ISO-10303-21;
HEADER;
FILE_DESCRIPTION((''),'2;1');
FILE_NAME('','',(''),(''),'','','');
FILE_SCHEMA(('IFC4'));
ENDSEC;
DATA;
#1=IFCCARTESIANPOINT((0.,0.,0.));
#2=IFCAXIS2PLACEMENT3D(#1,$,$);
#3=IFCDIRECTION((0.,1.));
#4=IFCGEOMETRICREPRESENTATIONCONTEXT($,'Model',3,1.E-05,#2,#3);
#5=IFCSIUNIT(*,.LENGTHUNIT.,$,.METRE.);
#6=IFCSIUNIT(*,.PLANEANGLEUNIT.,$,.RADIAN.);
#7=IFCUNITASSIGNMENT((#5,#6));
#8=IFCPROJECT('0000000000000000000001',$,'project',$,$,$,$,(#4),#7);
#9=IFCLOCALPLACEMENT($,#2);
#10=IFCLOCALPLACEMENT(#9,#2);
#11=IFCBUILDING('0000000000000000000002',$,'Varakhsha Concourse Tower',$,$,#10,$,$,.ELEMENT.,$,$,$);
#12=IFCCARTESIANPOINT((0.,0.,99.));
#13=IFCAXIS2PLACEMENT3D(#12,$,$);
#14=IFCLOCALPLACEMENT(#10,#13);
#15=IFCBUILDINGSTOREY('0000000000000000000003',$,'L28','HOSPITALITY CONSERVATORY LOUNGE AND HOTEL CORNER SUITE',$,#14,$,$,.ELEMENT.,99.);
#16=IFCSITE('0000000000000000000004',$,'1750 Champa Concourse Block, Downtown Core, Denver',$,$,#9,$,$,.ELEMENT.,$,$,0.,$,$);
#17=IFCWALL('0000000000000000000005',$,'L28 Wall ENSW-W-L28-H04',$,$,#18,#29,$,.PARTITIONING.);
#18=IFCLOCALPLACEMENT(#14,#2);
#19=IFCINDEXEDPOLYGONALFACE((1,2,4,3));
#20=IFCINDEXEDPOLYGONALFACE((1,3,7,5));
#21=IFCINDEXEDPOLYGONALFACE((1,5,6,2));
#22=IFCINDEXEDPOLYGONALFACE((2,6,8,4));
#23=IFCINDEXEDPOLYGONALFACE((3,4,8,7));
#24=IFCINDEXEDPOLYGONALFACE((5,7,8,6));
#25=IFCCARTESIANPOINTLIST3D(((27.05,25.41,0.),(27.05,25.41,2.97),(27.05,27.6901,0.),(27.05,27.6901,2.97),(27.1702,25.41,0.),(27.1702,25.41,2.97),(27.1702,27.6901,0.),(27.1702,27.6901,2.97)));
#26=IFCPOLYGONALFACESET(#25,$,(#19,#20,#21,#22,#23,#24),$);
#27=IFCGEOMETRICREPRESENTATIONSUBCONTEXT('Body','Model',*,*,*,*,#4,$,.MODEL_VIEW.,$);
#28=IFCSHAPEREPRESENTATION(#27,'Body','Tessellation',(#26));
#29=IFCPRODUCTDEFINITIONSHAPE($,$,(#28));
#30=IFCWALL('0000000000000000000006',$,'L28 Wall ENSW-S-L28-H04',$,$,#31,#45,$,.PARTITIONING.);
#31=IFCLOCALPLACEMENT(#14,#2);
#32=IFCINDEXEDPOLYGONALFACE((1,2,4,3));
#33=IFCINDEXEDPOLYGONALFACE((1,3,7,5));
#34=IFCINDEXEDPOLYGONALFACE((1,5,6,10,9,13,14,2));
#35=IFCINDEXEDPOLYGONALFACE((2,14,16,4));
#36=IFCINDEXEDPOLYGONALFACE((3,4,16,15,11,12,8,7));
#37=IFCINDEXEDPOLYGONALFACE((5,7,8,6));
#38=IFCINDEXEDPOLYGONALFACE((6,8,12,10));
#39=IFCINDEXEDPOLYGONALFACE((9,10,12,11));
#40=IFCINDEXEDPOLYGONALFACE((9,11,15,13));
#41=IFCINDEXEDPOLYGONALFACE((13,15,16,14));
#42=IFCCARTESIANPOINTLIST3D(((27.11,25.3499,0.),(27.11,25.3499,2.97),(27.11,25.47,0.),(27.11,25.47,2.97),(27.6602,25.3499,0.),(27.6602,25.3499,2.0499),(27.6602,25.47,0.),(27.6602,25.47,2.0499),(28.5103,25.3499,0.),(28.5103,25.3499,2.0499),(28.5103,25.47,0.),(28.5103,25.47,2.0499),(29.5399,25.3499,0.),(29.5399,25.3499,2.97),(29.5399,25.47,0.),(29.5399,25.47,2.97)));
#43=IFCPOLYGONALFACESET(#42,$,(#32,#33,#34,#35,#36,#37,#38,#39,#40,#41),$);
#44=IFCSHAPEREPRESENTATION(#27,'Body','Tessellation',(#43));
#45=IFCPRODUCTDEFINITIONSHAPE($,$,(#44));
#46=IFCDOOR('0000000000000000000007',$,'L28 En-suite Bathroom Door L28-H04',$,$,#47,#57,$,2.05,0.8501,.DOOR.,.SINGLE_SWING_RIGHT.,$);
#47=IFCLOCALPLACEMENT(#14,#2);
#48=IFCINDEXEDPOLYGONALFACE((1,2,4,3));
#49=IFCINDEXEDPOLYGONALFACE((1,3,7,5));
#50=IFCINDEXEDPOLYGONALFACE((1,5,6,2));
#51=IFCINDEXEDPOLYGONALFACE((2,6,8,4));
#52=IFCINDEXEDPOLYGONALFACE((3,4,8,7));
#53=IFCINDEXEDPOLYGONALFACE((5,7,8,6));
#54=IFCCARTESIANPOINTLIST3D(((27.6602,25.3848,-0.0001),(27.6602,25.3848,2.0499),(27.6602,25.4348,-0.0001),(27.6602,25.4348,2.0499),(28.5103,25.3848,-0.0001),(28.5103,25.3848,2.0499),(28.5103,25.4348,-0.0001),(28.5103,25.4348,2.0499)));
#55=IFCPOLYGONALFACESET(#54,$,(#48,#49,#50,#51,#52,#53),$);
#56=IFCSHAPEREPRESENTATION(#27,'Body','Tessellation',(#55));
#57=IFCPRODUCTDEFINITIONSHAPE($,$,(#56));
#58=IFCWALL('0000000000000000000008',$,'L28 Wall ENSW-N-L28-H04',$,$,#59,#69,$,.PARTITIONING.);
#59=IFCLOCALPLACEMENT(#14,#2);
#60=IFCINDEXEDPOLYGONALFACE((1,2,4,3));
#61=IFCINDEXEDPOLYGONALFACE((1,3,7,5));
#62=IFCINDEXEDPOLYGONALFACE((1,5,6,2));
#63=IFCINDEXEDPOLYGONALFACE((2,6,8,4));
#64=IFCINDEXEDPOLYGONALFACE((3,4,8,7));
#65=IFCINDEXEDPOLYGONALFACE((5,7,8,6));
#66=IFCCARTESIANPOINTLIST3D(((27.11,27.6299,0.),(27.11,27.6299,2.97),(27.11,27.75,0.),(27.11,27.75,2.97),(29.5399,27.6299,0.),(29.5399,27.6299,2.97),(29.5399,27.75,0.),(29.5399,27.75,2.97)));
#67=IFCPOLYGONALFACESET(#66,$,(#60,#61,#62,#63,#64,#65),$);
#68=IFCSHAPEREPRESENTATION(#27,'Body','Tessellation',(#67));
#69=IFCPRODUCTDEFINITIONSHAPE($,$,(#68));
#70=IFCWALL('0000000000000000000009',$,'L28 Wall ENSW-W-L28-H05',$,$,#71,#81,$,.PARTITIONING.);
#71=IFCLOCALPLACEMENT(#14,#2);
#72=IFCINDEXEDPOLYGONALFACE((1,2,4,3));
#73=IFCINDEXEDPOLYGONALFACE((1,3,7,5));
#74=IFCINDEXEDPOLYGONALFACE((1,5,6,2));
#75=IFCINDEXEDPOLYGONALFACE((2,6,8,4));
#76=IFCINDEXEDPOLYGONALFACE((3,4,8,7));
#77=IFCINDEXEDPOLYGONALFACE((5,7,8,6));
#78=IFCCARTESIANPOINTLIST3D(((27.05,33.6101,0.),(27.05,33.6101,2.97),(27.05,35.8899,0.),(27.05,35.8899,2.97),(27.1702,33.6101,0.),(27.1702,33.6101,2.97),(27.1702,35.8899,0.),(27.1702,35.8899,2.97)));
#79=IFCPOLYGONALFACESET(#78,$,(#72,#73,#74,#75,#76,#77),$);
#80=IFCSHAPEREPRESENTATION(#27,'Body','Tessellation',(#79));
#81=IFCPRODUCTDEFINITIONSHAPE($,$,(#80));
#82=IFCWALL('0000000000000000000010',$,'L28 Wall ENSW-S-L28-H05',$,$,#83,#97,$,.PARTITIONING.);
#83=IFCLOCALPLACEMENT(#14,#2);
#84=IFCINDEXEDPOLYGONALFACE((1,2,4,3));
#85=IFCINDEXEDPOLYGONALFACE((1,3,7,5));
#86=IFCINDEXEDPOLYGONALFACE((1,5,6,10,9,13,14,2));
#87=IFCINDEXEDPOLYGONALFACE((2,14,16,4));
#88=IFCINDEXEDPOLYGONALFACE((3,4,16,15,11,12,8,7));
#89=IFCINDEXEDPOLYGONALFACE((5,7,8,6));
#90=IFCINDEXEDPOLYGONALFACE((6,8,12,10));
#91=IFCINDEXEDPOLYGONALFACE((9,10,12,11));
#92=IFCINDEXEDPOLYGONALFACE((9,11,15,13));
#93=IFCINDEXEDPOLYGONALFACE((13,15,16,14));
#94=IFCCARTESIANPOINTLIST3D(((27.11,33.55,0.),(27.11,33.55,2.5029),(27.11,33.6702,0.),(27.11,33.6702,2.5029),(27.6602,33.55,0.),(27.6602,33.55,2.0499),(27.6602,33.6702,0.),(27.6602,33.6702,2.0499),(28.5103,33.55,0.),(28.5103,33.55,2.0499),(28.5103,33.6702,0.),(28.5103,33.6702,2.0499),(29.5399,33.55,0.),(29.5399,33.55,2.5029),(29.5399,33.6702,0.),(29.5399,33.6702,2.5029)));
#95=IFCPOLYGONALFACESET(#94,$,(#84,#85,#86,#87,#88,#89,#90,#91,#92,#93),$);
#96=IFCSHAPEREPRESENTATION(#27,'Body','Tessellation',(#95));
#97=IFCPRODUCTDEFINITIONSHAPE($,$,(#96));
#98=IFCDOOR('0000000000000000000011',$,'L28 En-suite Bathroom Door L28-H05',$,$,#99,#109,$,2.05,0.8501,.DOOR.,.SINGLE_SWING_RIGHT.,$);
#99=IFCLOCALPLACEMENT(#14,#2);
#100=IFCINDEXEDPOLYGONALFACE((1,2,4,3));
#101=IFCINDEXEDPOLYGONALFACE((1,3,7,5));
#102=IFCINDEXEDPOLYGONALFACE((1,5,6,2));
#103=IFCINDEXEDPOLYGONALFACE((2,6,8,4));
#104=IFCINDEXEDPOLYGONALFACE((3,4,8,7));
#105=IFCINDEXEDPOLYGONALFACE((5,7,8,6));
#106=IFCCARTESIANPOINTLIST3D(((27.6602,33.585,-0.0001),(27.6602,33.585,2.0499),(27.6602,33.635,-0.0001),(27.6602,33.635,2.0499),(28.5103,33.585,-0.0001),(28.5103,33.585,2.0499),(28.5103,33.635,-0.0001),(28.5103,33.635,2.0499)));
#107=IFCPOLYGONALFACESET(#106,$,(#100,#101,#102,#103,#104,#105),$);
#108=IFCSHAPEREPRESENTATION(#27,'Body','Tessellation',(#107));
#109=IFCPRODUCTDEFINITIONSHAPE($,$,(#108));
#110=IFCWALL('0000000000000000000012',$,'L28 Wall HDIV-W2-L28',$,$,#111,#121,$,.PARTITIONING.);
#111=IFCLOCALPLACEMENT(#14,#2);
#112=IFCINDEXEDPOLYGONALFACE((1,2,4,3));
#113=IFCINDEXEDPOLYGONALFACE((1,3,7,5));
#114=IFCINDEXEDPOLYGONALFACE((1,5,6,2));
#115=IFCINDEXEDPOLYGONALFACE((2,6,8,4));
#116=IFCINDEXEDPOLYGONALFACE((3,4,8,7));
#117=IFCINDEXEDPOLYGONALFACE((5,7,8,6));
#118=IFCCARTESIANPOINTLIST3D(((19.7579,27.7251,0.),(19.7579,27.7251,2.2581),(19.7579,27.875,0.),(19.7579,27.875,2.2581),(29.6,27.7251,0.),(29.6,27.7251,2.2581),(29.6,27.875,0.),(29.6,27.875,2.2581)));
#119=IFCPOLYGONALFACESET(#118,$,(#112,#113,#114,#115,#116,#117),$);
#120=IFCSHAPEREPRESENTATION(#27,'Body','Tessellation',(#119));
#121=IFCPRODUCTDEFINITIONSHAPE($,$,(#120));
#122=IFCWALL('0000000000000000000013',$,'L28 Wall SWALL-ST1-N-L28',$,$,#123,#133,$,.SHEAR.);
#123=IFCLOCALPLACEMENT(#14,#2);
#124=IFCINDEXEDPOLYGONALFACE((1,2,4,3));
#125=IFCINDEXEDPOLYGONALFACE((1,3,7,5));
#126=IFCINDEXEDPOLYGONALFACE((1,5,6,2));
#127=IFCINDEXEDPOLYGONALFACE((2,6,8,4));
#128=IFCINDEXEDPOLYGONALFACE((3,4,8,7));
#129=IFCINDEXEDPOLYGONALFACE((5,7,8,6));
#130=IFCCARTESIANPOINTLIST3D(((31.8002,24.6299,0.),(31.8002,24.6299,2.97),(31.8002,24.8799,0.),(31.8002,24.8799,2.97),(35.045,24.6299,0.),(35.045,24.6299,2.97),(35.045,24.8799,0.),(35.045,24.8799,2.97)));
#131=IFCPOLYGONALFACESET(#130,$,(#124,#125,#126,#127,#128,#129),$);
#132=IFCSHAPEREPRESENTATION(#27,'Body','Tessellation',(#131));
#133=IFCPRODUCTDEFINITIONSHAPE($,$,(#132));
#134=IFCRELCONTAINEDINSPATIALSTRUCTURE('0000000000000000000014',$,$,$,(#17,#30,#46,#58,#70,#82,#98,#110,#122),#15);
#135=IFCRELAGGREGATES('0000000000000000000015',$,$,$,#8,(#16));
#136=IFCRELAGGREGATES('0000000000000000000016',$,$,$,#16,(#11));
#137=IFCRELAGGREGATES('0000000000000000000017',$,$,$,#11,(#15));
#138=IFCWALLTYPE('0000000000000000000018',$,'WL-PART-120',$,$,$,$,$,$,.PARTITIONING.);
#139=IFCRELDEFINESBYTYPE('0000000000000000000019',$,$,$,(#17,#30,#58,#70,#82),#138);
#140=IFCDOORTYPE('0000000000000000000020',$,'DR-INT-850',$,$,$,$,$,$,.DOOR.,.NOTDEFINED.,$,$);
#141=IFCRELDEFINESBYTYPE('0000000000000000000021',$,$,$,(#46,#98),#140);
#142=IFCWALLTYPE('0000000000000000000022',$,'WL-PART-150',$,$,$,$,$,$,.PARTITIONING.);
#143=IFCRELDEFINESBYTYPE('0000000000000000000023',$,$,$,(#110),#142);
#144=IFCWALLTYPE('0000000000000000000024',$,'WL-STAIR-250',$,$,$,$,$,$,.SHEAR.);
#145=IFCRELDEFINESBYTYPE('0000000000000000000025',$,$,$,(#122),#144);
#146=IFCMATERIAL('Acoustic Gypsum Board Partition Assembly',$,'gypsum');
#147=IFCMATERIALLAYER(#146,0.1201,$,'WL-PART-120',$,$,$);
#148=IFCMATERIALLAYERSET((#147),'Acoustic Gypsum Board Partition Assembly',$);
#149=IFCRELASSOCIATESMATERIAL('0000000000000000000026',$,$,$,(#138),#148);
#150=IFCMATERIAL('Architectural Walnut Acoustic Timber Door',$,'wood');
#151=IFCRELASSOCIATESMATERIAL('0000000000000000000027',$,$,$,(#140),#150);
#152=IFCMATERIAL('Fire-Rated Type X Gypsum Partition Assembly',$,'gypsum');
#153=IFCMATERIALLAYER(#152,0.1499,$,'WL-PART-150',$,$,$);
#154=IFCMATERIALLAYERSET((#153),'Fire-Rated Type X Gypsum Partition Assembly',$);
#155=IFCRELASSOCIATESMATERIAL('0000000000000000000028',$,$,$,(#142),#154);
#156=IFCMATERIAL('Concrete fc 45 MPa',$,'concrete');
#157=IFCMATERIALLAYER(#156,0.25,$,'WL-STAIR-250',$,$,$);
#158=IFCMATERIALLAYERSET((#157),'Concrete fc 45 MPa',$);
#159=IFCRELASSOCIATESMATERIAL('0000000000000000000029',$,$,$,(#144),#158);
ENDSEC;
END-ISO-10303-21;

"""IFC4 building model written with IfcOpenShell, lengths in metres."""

from ifc_helpers import new_model, si_unit, direction, frame, frame_2d, origin, place, context, subcontext, project, spatial, rectangle, extrude, material, layer, layer_set, type_object, element, fill, save


model = new_model("IFC4")

# Units and contexts
model_context = context("Model", 3, precision=1e-05, world=origin(), true_north=direction((0.0, 1.0)))
body_context = subcontext(model_context, "Body", "Model", "MODEL_VIEW")
ifc_project = project(units=[si_unit("LENGTHUNIT", "METRE"), si_unit("PLANEANGLEUNIT", "RADIAN")], contexts=[model_context])

# Site, building, storey
site_placement = place(None, origin())
site = spatial("IfcSite", under=ifc_project, at=site_placement, Name="1750 Champa Concourse Block, Downtown Core, Denver", CompositionType="ELEMENT", RefElevation=0.0)
building_placement = place(site_placement, origin())
building = spatial("IfcBuilding", under=site, at=building_placement, Name="Varakhsha Concourse Tower", CompositionType="ELEMENT")
storey_placement = place(building_placement, frame((0.0, 0.0, 99.0)))
storey = spatial("IfcBuildingStorey", under=building, at=storey_placement, Name="L28", Description="HOSPITALITY CONSERVATORY LOUNGE AND HOTEL CORNER SUITE", CompositionType="ELEMENT", Elevation=99.0)

# Wall
ifc_material_1 = material(Name="Acoustic Gypsum Board Partition Assembly", Category="gypsum")
ifc_layer_1 = layer(ifc_material_1, 0.1201, Name="WL-PART-120")
ifc_layer_set_1 = layer_set([ifc_layer_1], Name="Acoustic Gypsum Board Partition Assembly")
wall_type_1 = type_object("IfcWallType", Name="WL-PART-120", PredefinedType="PARTITIONING", material=ifc_layer_set_1)
wall_1_placement = place(storey_placement, frame((27.1101, 25.4099, 0.0), z_axis=(0.0, 0.0, 1.0), x_axis=(0.0, 1.0, 0.0)))
element("IfcWall", 1, at=wall_1_placement, inside=storey, type_object=wall_type_1, Name="L28 Wall ENSW-W-L28-H04", PredefinedType="PARTITIONING", context=body_context, shape_type="SweptSolid", body=[
    extrude(rectangle(XDim=2.28, YDim=0.1201, at=frame_2d((1.1401, 0.0))), origin(), (0.0, 0.0, 1.0), 2.97),
])

# Wall, opening, door
wall_2_placement = place(storey_placement, frame((27.1101, 25.4099, 0.0), z_axis=(0.0, 0.0, 1.0), x_axis=(1.0, 0.0, 0.0)))
wall_2 = element("IfcWall", 2, at=wall_2_placement, inside=storey, type_object=wall_type_1, Name="L28 Wall ENSW-S-L28-H04", PredefinedType="PARTITIONING", context=body_context, shape_type="SweptSolid", body=[
    extrude(rectangle(XDim=2.4299, YDim=0.1201, at=frame_2d((1.2148, 0.0))), origin(), (0.0, 0.0, 1.0), 2.97),
])
opening_1_placement = place(wall_2_placement, frame((0.55, 0.0, 0.0)))
opening_1 = element("IfcOpeningElement", 3, at=opening_1_placement, cuts=wall_2, PredefinedType="OPENING", context=body_context, shape_type="SweptSolid", body=[
    extrude(rectangle(XDim=0.8501, YDim=2.05, at=frame_2d((0.425, 1.0249))), frame((0.0, 0.0701, 0.0), z_axis=(0.0, -1.0, 0.0), x_axis=(1.0, 0.0, 0.0)), (0.0, 0.0, 1.0), 0.1401),
])
ifc_material_2 = material(Name="Architectural Walnut Acoustic Timber Door", Category="wood")
door_type = type_object("IfcDoorType", Name="DR-INT-850", OperationType="NOTDEFINED", PredefinedType="DOOR", material=ifc_material_2)
door_1_placement = place(opening_1_placement, origin())
door_1 = element("IfcDoor", 4, at=door_1_placement, inside=storey, type_object=door_type, Name="L28 En-suite Bathroom Door L28-H04", OperationType="SINGLE_SWING_RIGHT", OverallHeight=2.05, OverallWidth=0.8501, PredefinedType="DOOR", context=body_context, shape_type="SweptSolid", body=[
    extrude(rectangle(XDim=0.8501, YDim=2.05, at=frame_2d((0.425, 1.0249))), frame((0.0, 0.0249, 0.0), z_axis=(0.0, -1.0, 0.0), x_axis=(1.0, 0.0, 0.0)), (0.0, 0.0, 1.0), 0.05),
])
fill(opening_1, door_1)

# Walls
wall_3_placement = place(storey_placement, frame((27.1101, 27.6899, 0.0), z_axis=(0.0, 0.0, 1.0), x_axis=(1.0, 0.0, 0.0)))
element("IfcWall", 5, at=wall_3_placement, inside=storey, type_object=wall_type_1, Name="L28 Wall ENSW-N-L28-H04", PredefinedType="PARTITIONING", context=body_context, shape_type="SweptSolid", body=[
    extrude(rectangle(XDim=2.4299, YDim=0.1201, at=frame_2d((1.2148, 0.0))), origin(), (0.0, 0.0, 1.0), 2.97),
])
wall_4_placement = place(storey_placement, frame((27.1101, 33.6101, 0.0), z_axis=(0.0, 0.0, 1.0), x_axis=(0.0, 1.0, 0.0)))
element("IfcWall", 6, at=wall_4_placement, inside=storey, type_object=wall_type_1, Name="L28 Wall ENSW-W-L28-H05", PredefinedType="PARTITIONING", context=body_context, shape_type="SweptSolid", body=[
    extrude(rectangle(XDim=2.2798, YDim=0.1201, at=frame_2d((1.1399, 0.0))), origin(), (0.0, 0.0, 1.0), 2.97),
])

# Wall, opening, door
wall_5_placement = place(storey_placement, frame((27.1101, 33.6101, 0.0), z_axis=(0.0, 0.0, 1.0), x_axis=(1.0, 0.0, 0.0)))
wall_5 = element("IfcWall", 7, at=wall_5_placement, inside=storey, type_object=wall_type_1, Name="L28 Wall ENSW-S-L28-H05", PredefinedType="PARTITIONING", context=body_context, shape_type="SweptSolid", body=[
    extrude(rectangle(XDim=2.4299, YDim=0.1201, at=frame_2d((1.2148, 0.0))), origin(), (0.0, 0.0, 1.0), 2.5029),
])
opening_2_placement = place(wall_5_placement, frame((0.55, 0.0, 0.0)))
opening_2 = element("IfcOpeningElement", 8, at=opening_2_placement, cuts=wall_5, PredefinedType="OPENING", context=body_context, shape_type="SweptSolid", body=[
    extrude(rectangle(XDim=0.8501, YDim=2.05, at=frame_2d((0.425, 1.0249))), frame((0.0, 0.0701, 0.0), z_axis=(0.0, -1.0, 0.0), x_axis=(1.0, 0.0, 0.0)), (0.0, 0.0, 1.0), 0.1401),
])
door_2_placement = place(opening_2_placement, origin())
door_2 = element("IfcDoor", 9, at=door_2_placement, inside=storey, type_object=door_type, Name="L28 En-suite Bathroom Door L28-H05", OperationType="SINGLE_SWING_RIGHT", OverallHeight=2.05, OverallWidth=0.8501, PredefinedType="DOOR", context=body_context, shape_type="SweptSolid", body=[
    extrude(rectangle(XDim=0.8501, YDim=2.05, at=frame_2d((0.425, 1.0249))), frame((0.0, 0.0249, 0.0), z_axis=(0.0, -1.0, 0.0), x_axis=(1.0, 0.0, 0.0)), (0.0, 0.0, 1.0), 0.05),
])
fill(opening_2, door_2)

# Walls
ifc_material_3 = material(Name="Fire-Rated Type X Gypsum Partition Assembly", Category="gypsum")
ifc_layer_2 = layer(ifc_material_3, 0.1499, Name="WL-PART-150")
ifc_layer_set_2 = layer_set([ifc_layer_2], Name="Fire-Rated Type X Gypsum Partition Assembly")
wall_type_2 = type_object("IfcWallType", Name="WL-PART-150", PredefinedType="PARTITIONING", material=ifc_layer_set_2)
wall_6_placement = place(storey_placement, frame((19.7581, 27.8, 0.0), z_axis=(0.0, 0.0, 1.0), x_axis=(1.0, 0.0, 0.0)))
element("IfcWall", 10, at=wall_6_placement, inside=storey, type_object=wall_type_2, Name="L28 Wall HDIV-W2-L28", PredefinedType="PARTITIONING", context=body_context, shape_type="SweptSolid", body=[
    extrude(rectangle(XDim=9.842, YDim=0.1499, at=frame_2d((4.9209, 0.0))), origin(), (0.0, 0.0, 1.0), 2.2581),
])
ifc_material_4 = material(Name="Concrete fc 45 MPa", Category="concrete")
ifc_layer_3 = layer(ifc_material_4, 0.25, Name="WL-STAIR-250")
ifc_layer_set_3 = layer_set([ifc_layer_3], Name="Concrete fc 45 MPa")
wall_type_3 = type_object("IfcWallType", Name="WL-STAIR-250", PredefinedType="SHEAR", material=ifc_layer_set_3)
wall_7_placement = place(storey_placement, frame((31.8, 24.7549, 0.0), z_axis=(0.0, 0.0, 1.0), x_axis=(1.0, 0.0, 0.0)))
element("IfcWall", 11, at=wall_7_placement, inside=storey, type_object=wall_type_3, Name="L28 Wall SWALL-ST1-N-L28", PredefinedType="SHEAR", context=body_context, shape_type="SweptSolid", body=[
    extrude(rectangle(XDim=3.2449, YDim=0.25, at=frame_2d((1.6226, 0.0))), origin(), (0.0, 0.0, 1.0), 2.97),
])

save(model, "model.ifc")
